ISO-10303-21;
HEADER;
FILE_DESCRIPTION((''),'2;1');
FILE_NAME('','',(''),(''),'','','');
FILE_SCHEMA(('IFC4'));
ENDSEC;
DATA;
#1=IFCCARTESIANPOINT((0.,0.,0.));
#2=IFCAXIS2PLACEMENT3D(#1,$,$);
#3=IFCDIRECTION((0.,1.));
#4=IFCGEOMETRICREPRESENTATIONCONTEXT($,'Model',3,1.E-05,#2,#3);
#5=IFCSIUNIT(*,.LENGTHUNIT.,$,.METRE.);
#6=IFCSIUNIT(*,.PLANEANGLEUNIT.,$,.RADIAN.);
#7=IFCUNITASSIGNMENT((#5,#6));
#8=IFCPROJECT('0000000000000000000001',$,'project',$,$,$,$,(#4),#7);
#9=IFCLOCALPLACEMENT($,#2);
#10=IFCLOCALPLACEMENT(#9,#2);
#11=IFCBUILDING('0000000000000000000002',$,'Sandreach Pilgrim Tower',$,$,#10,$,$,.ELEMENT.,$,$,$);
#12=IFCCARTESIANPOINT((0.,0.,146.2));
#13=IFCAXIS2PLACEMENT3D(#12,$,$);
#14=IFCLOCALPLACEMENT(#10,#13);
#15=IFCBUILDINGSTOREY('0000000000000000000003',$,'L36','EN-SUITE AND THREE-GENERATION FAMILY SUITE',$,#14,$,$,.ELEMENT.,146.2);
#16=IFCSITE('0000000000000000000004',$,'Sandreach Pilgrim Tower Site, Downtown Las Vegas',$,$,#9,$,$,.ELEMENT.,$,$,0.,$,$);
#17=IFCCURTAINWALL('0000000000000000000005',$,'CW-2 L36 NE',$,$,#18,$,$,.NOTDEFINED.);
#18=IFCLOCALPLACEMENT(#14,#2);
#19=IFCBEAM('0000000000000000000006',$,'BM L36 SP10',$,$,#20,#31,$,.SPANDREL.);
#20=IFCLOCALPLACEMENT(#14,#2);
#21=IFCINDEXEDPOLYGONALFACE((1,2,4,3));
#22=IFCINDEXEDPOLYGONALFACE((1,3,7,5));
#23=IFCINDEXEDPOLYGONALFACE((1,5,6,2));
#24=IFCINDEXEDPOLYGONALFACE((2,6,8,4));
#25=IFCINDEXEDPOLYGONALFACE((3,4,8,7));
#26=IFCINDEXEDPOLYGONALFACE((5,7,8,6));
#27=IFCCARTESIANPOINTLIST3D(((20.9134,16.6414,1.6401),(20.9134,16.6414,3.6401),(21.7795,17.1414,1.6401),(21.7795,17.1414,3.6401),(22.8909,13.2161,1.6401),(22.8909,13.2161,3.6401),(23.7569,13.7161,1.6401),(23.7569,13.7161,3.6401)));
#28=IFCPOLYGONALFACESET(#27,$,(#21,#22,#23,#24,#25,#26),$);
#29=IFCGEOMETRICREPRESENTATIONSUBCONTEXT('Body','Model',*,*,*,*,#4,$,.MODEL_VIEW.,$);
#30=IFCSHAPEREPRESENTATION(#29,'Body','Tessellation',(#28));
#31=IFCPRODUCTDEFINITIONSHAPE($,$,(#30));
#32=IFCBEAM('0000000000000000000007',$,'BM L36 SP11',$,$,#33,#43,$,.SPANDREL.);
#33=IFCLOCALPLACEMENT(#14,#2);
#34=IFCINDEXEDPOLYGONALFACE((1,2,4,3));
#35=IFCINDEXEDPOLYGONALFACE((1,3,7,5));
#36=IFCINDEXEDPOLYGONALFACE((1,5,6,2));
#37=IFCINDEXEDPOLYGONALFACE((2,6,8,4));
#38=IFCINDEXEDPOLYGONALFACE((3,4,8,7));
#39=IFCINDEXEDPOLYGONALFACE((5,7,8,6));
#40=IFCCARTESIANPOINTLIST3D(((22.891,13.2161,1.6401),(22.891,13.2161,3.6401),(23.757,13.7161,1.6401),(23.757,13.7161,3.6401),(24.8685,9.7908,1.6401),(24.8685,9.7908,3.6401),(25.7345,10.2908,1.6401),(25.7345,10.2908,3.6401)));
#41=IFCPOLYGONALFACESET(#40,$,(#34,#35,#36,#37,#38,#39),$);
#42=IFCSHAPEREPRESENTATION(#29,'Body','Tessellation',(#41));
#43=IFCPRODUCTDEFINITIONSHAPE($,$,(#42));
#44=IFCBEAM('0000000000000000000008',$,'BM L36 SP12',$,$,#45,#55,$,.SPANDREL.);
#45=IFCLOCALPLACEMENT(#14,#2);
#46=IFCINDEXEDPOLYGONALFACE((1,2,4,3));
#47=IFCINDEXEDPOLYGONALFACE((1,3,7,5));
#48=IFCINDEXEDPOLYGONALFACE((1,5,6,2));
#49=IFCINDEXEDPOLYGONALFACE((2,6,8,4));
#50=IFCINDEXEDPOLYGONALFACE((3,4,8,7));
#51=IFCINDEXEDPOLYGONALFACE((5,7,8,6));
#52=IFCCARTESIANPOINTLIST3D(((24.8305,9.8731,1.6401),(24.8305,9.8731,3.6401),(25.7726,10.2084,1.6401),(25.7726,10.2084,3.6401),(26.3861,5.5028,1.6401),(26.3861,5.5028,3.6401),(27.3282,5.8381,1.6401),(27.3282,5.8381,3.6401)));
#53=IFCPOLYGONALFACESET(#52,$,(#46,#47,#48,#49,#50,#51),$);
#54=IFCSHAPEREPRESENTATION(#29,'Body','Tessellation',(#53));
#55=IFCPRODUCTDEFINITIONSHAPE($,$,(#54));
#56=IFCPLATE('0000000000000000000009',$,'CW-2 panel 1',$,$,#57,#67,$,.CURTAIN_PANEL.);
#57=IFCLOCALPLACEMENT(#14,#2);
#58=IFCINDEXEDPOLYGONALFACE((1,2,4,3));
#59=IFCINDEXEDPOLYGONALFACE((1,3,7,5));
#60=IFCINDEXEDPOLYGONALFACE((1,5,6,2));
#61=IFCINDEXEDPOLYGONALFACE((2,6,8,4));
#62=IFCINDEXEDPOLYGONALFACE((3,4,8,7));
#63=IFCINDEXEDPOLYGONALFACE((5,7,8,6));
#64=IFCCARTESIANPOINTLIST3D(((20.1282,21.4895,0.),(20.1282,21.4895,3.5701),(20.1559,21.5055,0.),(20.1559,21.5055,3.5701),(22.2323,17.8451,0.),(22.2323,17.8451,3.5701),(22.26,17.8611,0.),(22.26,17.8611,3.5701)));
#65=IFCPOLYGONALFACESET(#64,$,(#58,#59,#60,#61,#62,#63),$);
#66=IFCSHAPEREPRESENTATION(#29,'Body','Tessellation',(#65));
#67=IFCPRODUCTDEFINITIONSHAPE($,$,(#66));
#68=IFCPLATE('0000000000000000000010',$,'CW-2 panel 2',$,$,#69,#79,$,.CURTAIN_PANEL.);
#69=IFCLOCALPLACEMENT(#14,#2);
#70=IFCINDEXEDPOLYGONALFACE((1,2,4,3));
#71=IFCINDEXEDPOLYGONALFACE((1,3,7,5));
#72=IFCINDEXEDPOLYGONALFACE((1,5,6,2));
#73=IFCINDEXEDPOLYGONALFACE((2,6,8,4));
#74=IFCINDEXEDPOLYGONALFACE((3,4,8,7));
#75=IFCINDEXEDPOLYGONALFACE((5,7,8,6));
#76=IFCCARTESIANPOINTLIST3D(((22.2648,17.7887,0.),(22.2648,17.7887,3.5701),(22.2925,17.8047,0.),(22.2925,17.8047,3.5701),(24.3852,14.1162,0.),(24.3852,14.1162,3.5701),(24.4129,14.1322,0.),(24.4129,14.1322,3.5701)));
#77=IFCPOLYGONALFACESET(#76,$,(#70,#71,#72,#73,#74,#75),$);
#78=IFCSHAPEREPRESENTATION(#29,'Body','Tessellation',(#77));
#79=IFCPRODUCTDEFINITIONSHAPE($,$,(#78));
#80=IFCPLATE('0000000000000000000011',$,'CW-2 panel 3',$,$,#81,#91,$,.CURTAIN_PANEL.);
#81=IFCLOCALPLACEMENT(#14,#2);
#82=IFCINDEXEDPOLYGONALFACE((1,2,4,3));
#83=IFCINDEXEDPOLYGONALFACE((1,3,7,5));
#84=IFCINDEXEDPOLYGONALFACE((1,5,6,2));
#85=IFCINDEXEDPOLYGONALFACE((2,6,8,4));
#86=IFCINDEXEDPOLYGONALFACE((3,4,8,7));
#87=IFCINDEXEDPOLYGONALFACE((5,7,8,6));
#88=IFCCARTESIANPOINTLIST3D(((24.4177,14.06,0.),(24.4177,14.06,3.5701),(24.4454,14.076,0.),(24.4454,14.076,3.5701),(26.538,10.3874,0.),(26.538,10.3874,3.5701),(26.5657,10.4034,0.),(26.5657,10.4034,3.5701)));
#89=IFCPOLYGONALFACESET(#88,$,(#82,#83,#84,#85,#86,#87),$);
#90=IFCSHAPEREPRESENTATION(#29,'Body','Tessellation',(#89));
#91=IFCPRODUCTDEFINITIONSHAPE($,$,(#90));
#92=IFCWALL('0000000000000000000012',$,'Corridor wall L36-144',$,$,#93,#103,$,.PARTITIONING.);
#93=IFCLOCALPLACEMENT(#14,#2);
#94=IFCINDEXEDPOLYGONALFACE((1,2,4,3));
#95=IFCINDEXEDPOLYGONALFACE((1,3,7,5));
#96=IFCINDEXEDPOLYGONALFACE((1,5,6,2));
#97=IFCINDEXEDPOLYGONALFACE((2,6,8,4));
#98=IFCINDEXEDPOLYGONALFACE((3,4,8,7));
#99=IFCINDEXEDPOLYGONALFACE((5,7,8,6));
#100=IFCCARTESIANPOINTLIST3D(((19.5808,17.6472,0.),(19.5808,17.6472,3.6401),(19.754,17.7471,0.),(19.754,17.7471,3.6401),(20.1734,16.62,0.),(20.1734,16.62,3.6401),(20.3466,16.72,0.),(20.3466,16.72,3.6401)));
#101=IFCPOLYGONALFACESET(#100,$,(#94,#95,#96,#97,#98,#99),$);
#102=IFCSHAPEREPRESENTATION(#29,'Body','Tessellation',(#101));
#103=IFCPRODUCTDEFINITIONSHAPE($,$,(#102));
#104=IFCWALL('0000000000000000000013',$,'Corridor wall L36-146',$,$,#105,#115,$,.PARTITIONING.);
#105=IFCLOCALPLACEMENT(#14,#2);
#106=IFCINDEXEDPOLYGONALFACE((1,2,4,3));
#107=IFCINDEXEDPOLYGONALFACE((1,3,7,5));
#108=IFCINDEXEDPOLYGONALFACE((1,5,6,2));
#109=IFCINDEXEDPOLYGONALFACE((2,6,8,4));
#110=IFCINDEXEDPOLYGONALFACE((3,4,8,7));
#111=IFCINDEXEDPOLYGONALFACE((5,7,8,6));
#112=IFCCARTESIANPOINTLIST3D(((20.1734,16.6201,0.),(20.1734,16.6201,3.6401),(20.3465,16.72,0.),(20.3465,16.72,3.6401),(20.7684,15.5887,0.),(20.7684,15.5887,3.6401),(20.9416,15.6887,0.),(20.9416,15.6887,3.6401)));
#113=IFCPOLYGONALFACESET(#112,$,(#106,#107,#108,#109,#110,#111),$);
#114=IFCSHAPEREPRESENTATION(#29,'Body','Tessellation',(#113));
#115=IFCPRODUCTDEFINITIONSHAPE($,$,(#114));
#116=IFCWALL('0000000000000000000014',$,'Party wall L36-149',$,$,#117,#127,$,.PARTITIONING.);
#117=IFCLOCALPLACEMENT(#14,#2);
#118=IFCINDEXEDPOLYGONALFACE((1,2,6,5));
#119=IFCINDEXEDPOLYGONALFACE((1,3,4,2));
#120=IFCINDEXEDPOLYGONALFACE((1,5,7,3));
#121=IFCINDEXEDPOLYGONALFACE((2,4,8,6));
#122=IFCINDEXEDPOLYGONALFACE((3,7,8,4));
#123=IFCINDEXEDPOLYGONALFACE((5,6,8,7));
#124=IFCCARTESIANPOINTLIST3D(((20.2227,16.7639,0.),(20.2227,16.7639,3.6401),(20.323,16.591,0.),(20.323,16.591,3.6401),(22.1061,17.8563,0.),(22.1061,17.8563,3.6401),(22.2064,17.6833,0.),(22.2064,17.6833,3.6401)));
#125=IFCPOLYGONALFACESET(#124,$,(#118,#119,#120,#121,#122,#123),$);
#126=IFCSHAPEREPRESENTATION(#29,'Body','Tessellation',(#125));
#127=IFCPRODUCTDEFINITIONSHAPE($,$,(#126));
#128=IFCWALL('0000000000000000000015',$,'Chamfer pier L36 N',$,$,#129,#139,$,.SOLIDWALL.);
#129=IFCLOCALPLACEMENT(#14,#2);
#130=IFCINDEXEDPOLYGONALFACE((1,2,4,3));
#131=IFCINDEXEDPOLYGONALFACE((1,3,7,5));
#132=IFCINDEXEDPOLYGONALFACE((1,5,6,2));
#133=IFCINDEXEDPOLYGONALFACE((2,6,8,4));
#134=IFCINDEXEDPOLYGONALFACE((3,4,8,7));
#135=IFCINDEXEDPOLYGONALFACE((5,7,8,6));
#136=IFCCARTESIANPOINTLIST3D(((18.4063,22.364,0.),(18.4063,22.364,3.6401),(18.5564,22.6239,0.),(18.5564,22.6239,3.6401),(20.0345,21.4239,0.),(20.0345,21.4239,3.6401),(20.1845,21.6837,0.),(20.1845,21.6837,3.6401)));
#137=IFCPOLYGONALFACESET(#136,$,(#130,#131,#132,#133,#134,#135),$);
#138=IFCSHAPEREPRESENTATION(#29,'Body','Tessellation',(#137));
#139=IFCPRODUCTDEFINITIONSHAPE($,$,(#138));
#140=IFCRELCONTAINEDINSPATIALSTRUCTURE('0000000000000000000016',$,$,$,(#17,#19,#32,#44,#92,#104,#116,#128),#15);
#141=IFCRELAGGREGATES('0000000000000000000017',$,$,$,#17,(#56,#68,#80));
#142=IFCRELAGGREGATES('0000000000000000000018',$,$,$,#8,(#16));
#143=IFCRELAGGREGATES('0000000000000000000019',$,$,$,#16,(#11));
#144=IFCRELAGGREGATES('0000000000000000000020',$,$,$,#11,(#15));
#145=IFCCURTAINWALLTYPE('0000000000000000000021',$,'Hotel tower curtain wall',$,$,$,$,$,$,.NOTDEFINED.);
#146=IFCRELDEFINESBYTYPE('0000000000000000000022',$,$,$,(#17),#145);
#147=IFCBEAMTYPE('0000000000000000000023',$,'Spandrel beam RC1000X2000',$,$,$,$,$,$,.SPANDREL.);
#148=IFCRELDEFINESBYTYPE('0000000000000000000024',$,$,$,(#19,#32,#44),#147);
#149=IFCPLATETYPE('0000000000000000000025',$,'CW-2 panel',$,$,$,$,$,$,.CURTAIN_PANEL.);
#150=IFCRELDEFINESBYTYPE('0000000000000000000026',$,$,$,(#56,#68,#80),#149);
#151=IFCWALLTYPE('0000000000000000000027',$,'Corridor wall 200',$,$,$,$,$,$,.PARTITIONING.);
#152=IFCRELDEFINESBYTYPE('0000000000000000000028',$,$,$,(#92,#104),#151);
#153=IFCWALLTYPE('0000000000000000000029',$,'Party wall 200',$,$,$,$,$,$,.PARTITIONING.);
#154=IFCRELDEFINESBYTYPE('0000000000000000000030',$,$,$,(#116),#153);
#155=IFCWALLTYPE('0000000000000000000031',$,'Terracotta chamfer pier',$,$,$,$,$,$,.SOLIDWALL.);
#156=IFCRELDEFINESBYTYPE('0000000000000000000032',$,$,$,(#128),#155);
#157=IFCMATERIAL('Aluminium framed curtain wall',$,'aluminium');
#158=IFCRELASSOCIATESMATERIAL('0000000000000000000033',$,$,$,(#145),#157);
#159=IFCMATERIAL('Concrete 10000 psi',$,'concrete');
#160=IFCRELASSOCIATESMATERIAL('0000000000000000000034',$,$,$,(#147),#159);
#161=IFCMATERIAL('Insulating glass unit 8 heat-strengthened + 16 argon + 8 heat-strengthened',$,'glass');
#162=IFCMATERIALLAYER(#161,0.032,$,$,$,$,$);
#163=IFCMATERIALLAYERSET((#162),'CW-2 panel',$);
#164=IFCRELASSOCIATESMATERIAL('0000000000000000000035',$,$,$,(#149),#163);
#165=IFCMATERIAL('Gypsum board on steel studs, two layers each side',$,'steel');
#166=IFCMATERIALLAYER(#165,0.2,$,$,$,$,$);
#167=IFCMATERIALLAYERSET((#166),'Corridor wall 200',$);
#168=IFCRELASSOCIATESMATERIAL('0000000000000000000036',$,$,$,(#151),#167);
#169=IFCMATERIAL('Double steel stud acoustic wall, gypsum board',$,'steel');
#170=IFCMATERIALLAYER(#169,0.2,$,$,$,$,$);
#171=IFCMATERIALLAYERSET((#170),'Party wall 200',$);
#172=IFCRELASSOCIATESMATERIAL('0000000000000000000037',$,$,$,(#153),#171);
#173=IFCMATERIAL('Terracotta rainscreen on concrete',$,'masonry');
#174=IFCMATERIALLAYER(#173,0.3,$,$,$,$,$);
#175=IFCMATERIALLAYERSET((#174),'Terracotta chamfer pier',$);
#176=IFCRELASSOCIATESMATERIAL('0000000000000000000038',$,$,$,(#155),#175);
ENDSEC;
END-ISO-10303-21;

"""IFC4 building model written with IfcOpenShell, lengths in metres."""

from ifc_helpers import new_model, si_unit, direction, frame, frame_2d, origin, origin_2d, place, context, subcontext, project, spatial, rectangle, extrude, material, layer, layer_set, material_profile, profile_set, type_object, element, aggregate, save


model = new_model("IFC4")

# Units and contexts
model_context = context("Model", 3, precision=1e-05, world=origin(), true_north=direction((0.0, 1.0)))
body_context = subcontext(model_context, "Body", "Model", "MODEL_VIEW")
ifc_project = project(units=[si_unit("LENGTHUNIT", "METRE"), si_unit("PLANEANGLEUNIT", "RADIAN")], contexts=[model_context])

# Site, building, storey
site_placement = place(None, origin())
site = spatial("IfcSite", under=ifc_project, at=site_placement, Name="Sandreach Pilgrim Tower Site, Downtown Las Vegas", CompositionType="ELEMENT", RefElevation=0.0)
building_placement = place(site_placement, origin())
building = spatial("IfcBuilding", under=site, at=building_placement, Name="Sandreach Pilgrim Tower", CompositionType="ELEMENT")
storey_placement = place(building_placement, frame((0.0, 0.0, 146.2)))
storey = spatial("IfcBuildingStorey", under=building, at=storey_placement, Name="L36", Description="EN-SUITE AND THREE-GENERATION FAMILY SUITE", CompositionType="ELEMENT", Elevation=146.2)

# Shared definitions
ifc_material_1 = material(Name="Aluminium framed curtain wall", Category="aluminium")
curtain_wall_type = type_object("IfcCurtainWallType", Name="Hotel tower curtain wall", PredefinedType="NOTDEFINED", material=ifc_material_1)

# Curtain wall
curtain_wall_1_placement = place(storey_placement, origin())
curtain_wall_1 = element("IfcCurtainWall", 1, at=curtain_wall_1_placement, inside=storey, type_object=curtain_wall_type, Name="CW-2 L36 NE", PredefinedType="NOTDEFINED")

# Beams
ifc_material_2 = material(Name="Concrete 10000 psi", Category="concrete")
ifc_material_profile_1 = material_profile(ifc_material_2, rectangle(XDim=1.0, YDim=2.0, at=origin_2d()), Name="RC1000X2000")
ifc_profile_set_1 = profile_set([ifc_material_profile_1], Name="Concrete 10000 psi")
beam_type_1 = type_object("IfcBeamType", Name="Spandrel beam RC1000X2000", PredefinedType="SPANDREL", material=ifc_profile_set_1)
for number, where, z_axis, x_axis, name in (
    (2, (21.3464, 16.8914, 2.6401), (0.49999, -0.866031, 0.0), (0.866031, 0.49999, 0.0), "BM L36 SP10"),
    (3, (23.324, 13.4661, 2.6401), (0.49999, -0.866031, 0.0), (0.866031, 0.49999, 0.0), "BM L36 SP11"),
):
    element("IfcBeam", number, at=place(storey_placement, frame(where, z_axis=z_axis, x_axis=x_axis)), inside=storey, type_object=beam_type_1, Name=name, PredefinedType="SPANDREL", context=body_context, shape_type="SweptSolid", body=[
        extrude(rectangle(XDim=1.0, YDim=2.0, at=origin_2d()), origin(), (0.0, 0.0, 1.0), 3.9551),
    ])
beam_1_placement = place(storey_placement, frame((25.3015, 10.0408, 2.6401), z_axis=(0.335346, -0.942095, 0.0), x_axis=(0.942095, 0.335346, 0.0)))
element("IfcBeam", 4, at=beam_1_placement, inside=storey, type_object=beam_type_1, Name="BM L36 SP12", PredefinedType="SPANDREL", context=body_context, shape_type="SweptSolid", body=[
    extrude(rectangle(XDim=1.0, YDim=2.0, at=origin_2d()), origin(), (0.0, 0.0, 1.0), 4.6389),
])

# Plates
ifc_material_3 = material(Name="Insulating glass unit 8 heat-strengthened + 16 argon + 8 heat-strengthened", Category="glass")
ifc_layer_1 = layer(ifc_material_3, 0.032)
ifc_layer_set_1 = layer_set([ifc_layer_1], Name="CW-2 panel")
plate_type = type_object("IfcPlateType", Name="CW-2 panel", PredefinedType="CURTAIN_PANEL", material=ifc_layer_set_1)
plate_1_placement = place(storey_placement, frame((21.1941, 19.6753, 0.0), z_axis=(0.0, 0.0, 1.0), x_axis=(0.5, -0.866025, 0.0)))
plate_1 = element("IfcPlate", 5, at=plate_1_placement, type_object=plate_type, Name="CW-2 panel 1", PredefinedType="CURTAIN_PANEL", context=body_context, shape_type="SweptSolid", body=[
    extrude(rectangle(XDim=4.2083, YDim=0.032, at=origin_2d()), origin(), (0.0, 0.0, 1.0), 3.5701),
])
plate_2_placement = place(storey_placement, frame((23.3389, 15.9604, 0.0), z_axis=(0.0, 0.0, 1.0), x_axis=(0.5, -0.866025, 0.0)))
plate_2 = element("IfcPlate", 6, at=plate_2_placement, type_object=plate_type, Name="CW-2 panel 2", PredefinedType="CURTAIN_PANEL", context=body_context, shape_type="SweptSolid", body=[
    extrude(rectangle(XDim=4.2407, YDim=0.032, at=origin_2d()), origin(), (0.0, 0.0, 1.0), 3.5701),
])
plate_3_placement = place(storey_placement, frame((25.4917, 12.2317, 0.0), z_axis=(0.0, 0.0, 1.0), x_axis=(0.5, -0.866025, 0.0)))
plate_3 = element("IfcPlate", 7, at=plate_3_placement, type_object=plate_type, Name="CW-2 panel 3", PredefinedType="CURTAIN_PANEL", context=body_context, shape_type="SweptSolid", body=[
    extrude(rectangle(XDim=4.2407, YDim=0.032, at=origin_2d()), origin(), (0.0, 0.0, 1.0), 3.5701),
])
aggregate(curtain_wall_1, [plate_1, plate_2, plate_3])

# Shared definitions
ifc_material_4 = material(Name="Gypsum board on steel studs, two layers each side", Category="steel")
ifc_layer_2 = layer(ifc_material_4, 0.2)
ifc_layer_set_2 = layer_set([ifc_layer_2], Name="Corridor wall 200")
wall_type_1 = type_object("IfcWallType", Name="Corridor wall 200", PredefinedType="PARTITIONING", material=ifc_layer_set_2)

# Walls
wall_1_placement = place(storey_placement, frame((19.6675, 17.697, 0.0), z_axis=(0.0, 0.0, 1.0), x_axis=(0.499705, -0.866196, 0.0)))
element("IfcWall", 8, at=wall_1_placement, inside=storey, type_object=wall_type_1, Name="Corridor wall L36-144", PredefinedType="PARTITIONING", context=body_context, shape_type="SweptSolid", body=[
    extrude(rectangle(XDim=1.1858, YDim=0.2, at=frame_2d((0.5928, 0.0))), origin(), (0.0, 0.0, 1.0), 3.6401),
])
wall_2_placement = place(storey_placement, frame((20.26, 16.6699, 0.0), z_axis=(0.0, 0.0, 1.0), x_axis=(0.499734, -0.866179, 0.0)))
element("IfcWall", 9, at=wall_2_placement, inside=storey, type_object=wall_type_1, Name="Corridor wall L36-146", PredefinedType="PARTITIONING", context=body_context, shape_type="SweptSolid", body=[
    extrude(rectangle(XDim=1.1907, YDim=0.2, at=frame_2d((0.5952, 0.0))), origin(), (0.0, 0.0, 1.0), 3.6401),
])
ifc_material_5 = material(Name="Double steel stud acoustic wall, gypsum board", Category="steel")
ifc_layer_3 = layer(ifc_material_5, 0.2)
ifc_layer_set_3 = layer_set([ifc_layer_3], Name="Party wall 200")
wall_type_2 = type_object("IfcWallType", Name="Party wall 200", PredefinedType="PARTITIONING", material=ifc_layer_set_3)
wall_3_placement = place(storey_placement, frame((22.1562, 17.7698, 0.0), z_axis=(0.0, 0.0, 1.0), x_axis=(-0.865037, -0.501708, 0.0)))
element("IfcWall", 10, at=wall_3_placement, inside=storey, type_object=wall_type_2, Name="Party wall L36-149", PredefinedType="PARTITIONING", context=body_context, shape_type="SweptSolid", body=[
    extrude(rectangle(XDim=2.1772, YDim=0.2, at=frame_2d((1.0886, 0.0))), origin(), (0.0, 0.0, 1.0), 3.6401),
])
ifc_material_6 = material(Name="Terracotta rainscreen on concrete", Category="masonry")
ifc_layer_4 = layer(ifc_material_6, 0.3)
ifc_layer_set_4 = layer_set([ifc_layer_4], Name="Terracotta chamfer pier")
wall_type_3 = type_object("IfcWallType", Name="Terracotta chamfer pier", PredefinedType="SOLIDWALL", material=ifc_layer_set_4)
wall_4_placement = place(storey_placement, frame((18.4814, 22.4939, 0.0), z_axis=(0.0, 0.0, 1.0), x_axis=(0.865989, -0.500063, 0.0)))
element("IfcWall", 11, at=wall_4_placement, inside=storey, type_object=wall_type_3, Name="Chamfer pier L36 N", PredefinedType="SOLIDWALL", context=body_context, shape_type="SweptSolid", body=[
    extrude(rectangle(XDim=1.8801, YDim=0.3, at=frame_2d((0.9399, 0.0))), origin(), (0.0, 0.0, 1.0), 3.6401),
])

save(model, "model.ifc")
